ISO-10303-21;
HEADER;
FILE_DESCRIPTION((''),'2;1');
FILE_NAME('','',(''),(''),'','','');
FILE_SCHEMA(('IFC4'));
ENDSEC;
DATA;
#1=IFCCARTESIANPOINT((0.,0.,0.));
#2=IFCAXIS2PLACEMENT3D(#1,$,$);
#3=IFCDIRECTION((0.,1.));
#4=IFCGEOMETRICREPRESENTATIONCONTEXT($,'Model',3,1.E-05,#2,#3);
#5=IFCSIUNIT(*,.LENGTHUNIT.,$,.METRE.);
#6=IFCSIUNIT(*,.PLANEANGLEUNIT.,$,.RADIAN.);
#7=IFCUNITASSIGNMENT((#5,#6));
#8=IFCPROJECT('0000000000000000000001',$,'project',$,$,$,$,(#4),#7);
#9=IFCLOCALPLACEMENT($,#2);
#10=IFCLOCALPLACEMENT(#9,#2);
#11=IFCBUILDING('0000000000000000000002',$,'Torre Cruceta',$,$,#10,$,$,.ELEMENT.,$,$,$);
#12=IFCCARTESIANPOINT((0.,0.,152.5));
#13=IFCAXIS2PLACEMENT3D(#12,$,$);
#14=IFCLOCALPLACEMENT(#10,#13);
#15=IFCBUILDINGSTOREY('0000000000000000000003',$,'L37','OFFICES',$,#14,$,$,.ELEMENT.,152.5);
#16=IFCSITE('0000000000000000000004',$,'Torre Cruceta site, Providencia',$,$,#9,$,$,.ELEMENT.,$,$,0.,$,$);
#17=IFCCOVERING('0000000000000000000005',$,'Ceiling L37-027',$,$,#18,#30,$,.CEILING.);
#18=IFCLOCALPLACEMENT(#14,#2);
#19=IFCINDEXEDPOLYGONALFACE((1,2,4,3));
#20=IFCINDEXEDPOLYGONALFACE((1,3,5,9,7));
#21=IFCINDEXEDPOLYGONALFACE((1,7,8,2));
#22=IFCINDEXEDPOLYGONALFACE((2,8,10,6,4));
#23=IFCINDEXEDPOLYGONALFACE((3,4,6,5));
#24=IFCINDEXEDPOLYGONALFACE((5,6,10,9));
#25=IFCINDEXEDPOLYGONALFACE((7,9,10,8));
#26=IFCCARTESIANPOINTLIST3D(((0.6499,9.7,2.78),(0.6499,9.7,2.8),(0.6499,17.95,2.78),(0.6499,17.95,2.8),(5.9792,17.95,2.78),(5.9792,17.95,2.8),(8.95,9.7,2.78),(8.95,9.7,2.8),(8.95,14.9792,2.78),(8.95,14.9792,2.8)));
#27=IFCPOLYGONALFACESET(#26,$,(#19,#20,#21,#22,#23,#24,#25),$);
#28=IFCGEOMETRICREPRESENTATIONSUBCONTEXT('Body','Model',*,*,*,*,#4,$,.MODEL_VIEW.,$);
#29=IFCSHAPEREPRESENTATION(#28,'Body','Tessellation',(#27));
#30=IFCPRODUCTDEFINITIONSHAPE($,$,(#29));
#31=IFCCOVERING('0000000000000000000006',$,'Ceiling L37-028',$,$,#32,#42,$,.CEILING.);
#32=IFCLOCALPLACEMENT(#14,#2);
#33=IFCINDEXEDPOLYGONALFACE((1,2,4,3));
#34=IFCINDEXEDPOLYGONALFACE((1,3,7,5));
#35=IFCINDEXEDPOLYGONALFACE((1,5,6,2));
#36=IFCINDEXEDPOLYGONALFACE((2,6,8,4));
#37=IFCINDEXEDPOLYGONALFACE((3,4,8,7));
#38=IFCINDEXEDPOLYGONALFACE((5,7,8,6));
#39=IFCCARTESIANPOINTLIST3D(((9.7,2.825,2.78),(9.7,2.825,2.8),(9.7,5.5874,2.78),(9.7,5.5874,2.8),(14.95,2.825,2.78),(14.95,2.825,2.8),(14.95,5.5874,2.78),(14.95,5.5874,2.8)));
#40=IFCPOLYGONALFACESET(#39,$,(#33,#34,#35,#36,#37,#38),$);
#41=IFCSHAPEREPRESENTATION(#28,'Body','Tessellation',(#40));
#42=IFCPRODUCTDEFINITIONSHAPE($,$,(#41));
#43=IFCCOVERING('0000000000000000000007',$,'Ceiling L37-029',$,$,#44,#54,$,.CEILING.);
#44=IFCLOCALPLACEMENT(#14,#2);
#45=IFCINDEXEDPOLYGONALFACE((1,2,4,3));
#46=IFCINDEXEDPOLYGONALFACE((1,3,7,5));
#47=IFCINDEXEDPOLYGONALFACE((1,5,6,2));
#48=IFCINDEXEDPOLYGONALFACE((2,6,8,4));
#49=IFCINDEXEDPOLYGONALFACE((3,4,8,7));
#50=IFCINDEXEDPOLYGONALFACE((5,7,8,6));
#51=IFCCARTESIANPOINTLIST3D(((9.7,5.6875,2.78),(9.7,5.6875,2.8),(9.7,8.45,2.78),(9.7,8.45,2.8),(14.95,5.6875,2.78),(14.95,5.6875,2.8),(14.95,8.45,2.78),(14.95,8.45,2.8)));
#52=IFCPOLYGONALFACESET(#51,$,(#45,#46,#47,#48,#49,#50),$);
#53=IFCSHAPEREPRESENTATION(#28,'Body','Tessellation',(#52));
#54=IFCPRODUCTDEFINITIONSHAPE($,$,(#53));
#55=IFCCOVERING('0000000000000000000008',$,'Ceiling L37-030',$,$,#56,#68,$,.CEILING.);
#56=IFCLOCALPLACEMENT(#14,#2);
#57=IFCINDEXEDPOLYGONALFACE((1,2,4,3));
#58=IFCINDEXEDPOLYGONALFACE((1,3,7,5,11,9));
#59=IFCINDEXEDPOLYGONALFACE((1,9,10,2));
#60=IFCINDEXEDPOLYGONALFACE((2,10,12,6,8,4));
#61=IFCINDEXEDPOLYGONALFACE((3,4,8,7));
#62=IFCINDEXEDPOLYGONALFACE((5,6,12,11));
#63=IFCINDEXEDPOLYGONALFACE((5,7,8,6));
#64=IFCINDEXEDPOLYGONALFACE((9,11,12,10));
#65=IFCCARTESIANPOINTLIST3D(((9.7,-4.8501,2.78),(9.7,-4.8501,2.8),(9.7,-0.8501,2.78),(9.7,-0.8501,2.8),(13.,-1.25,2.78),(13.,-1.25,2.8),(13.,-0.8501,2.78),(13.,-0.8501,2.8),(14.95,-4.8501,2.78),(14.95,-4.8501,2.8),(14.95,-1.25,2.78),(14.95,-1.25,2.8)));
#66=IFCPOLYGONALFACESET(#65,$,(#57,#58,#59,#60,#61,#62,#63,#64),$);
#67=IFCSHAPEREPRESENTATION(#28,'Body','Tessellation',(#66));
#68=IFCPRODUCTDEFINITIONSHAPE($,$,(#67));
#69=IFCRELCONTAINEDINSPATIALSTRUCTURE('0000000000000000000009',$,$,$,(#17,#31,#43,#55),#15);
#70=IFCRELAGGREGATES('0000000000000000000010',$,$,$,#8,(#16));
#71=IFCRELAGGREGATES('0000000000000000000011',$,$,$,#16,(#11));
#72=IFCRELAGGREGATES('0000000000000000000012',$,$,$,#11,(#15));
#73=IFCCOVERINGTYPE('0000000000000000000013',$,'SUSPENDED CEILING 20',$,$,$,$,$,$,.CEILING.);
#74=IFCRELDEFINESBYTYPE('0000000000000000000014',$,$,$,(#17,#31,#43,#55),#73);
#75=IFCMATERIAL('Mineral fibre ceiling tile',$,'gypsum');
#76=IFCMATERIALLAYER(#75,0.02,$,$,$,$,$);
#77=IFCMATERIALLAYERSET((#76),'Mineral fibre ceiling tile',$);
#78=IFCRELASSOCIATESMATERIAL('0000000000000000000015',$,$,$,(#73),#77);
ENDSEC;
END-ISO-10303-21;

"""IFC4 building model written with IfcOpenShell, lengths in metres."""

from ifc_helpers import new_model, si_unit, direction, frame, origin, place, context, subcontext, project, spatial, polyline, outline, extrude, material, layer, layer_set, type_object, element, save


model = new_model("IFC4")

# Units and contexts
model_context = context("Model", 3, precision=1e-05, world=origin(), true_north=direction((0.0, 1.0)))
body_context = subcontext(model_context, "Body", "Model", "MODEL_VIEW")
ifc_project = project(units=[si_unit("LENGTHUNIT", "METRE"), si_unit("PLANEANGLEUNIT", "RADIAN")], contexts=[model_context])

# Site, building, storey
site_placement = place(None, origin())
site = spatial("IfcSite", under=ifc_project, at=site_placement, Name="Torre Cruceta site, Providencia", CompositionType="ELEMENT", RefElevation=0.0)
building_placement = place(site_placement, origin())
building = spatial("IfcBuilding", under=site, at=building_placement, Name="Torre Cruceta", CompositionType="ELEMENT")
storey_placement = place(building_placement, frame((0.0, 0.0, 152.5)))
storey = spatial("IfcBuildingStorey", under=building, at=storey_placement, Name="L37", Description="OFFICES", CompositionType="ELEMENT", Elevation=152.5)

# Coverings
ifc_material_1 = material(Name="Mineral fibre ceiling tile", Category="gypsum")
ifc_layer_1 = layer(ifc_material_1, 0.02)
ifc_layer_set_1 = layer_set([ifc_layer_1], Name="Mineral fibre ceiling tile")
covering_type_1 = type_object("IfcCoveringType", Name="SUSPENDED CEILING 20", PredefinedType="CEILING", material=ifc_layer_set_1)
covering_1_placement = place(storey_placement, frame((0.0, 0.0, 2.78)))
element("IfcCovering", 1, at=covering_1_placement, inside=storey, type_object=covering_type_1, Name="Ceiling L37-027", PredefinedType="CEILING", context=body_context, shape_type="SweptSolid", body=[
    extrude(outline(polyline([(5.9792, 17.95), (8.95, 14.9792), (8.95, 9.7), (0.6499, 9.7), (0.6499, 17.95), (5.9792, 17.95)])), origin(), (0.0, 0.0, 1.0), 0.02),
])
covering_2_placement = place(storey_placement, frame((0.0, 0.0, 2.78)))
element("IfcCovering", 2, at=covering_2_placement, inside=storey, type_object=covering_type_1, Name="Ceiling L37-028", PredefinedType="CEILING", context=body_context, shape_type="SweptSolid", body=[
    extrude(outline(polyline([(9.7, 2.825), (9.7, 5.5874), (14.95, 5.5874), (14.95, 2.825), (9.7, 2.825)])), origin(), (0.0, 0.0, 1.0), 0.02),
])
covering_3_placement = place(storey_placement, frame((0.0, 0.0, 2.78)))
element("IfcCovering", 3, at=covering_3_placement, inside=storey, type_object=covering_type_1, Name="Ceiling L37-029", PredefinedType="CEILING", context=body_context, shape_type="SweptSolid", body=[
    extrude(outline(polyline([(9.7, 5.6875), (9.7, 8.45), (14.95, 8.45), (14.95, 5.6875), (9.7, 5.6875)])), origin(), (0.0, 0.0, 1.0), 0.02),
])
covering_4_placement = place(storey_placement, frame((0.0, 0.0, 2.78)))
element("IfcCovering", 4, at=covering_4_placement, inside=storey, type_object=covering_type_1, Name="Ceiling L37-030", PredefinedType="CEILING", context=body_context, shape_type="SweptSolid", body=[
    extrude(outline(polyline([(14.95, -4.8501), (9.7, -4.8501), (9.7, -0.8501), (13.0, -0.8501), (13.0, -1.25), (14.95, -1.25), (14.95, -4.8501)])), origin(), (0.0, 0.0, 1.0), 0.02),
])

save(model, "model.ifc")
